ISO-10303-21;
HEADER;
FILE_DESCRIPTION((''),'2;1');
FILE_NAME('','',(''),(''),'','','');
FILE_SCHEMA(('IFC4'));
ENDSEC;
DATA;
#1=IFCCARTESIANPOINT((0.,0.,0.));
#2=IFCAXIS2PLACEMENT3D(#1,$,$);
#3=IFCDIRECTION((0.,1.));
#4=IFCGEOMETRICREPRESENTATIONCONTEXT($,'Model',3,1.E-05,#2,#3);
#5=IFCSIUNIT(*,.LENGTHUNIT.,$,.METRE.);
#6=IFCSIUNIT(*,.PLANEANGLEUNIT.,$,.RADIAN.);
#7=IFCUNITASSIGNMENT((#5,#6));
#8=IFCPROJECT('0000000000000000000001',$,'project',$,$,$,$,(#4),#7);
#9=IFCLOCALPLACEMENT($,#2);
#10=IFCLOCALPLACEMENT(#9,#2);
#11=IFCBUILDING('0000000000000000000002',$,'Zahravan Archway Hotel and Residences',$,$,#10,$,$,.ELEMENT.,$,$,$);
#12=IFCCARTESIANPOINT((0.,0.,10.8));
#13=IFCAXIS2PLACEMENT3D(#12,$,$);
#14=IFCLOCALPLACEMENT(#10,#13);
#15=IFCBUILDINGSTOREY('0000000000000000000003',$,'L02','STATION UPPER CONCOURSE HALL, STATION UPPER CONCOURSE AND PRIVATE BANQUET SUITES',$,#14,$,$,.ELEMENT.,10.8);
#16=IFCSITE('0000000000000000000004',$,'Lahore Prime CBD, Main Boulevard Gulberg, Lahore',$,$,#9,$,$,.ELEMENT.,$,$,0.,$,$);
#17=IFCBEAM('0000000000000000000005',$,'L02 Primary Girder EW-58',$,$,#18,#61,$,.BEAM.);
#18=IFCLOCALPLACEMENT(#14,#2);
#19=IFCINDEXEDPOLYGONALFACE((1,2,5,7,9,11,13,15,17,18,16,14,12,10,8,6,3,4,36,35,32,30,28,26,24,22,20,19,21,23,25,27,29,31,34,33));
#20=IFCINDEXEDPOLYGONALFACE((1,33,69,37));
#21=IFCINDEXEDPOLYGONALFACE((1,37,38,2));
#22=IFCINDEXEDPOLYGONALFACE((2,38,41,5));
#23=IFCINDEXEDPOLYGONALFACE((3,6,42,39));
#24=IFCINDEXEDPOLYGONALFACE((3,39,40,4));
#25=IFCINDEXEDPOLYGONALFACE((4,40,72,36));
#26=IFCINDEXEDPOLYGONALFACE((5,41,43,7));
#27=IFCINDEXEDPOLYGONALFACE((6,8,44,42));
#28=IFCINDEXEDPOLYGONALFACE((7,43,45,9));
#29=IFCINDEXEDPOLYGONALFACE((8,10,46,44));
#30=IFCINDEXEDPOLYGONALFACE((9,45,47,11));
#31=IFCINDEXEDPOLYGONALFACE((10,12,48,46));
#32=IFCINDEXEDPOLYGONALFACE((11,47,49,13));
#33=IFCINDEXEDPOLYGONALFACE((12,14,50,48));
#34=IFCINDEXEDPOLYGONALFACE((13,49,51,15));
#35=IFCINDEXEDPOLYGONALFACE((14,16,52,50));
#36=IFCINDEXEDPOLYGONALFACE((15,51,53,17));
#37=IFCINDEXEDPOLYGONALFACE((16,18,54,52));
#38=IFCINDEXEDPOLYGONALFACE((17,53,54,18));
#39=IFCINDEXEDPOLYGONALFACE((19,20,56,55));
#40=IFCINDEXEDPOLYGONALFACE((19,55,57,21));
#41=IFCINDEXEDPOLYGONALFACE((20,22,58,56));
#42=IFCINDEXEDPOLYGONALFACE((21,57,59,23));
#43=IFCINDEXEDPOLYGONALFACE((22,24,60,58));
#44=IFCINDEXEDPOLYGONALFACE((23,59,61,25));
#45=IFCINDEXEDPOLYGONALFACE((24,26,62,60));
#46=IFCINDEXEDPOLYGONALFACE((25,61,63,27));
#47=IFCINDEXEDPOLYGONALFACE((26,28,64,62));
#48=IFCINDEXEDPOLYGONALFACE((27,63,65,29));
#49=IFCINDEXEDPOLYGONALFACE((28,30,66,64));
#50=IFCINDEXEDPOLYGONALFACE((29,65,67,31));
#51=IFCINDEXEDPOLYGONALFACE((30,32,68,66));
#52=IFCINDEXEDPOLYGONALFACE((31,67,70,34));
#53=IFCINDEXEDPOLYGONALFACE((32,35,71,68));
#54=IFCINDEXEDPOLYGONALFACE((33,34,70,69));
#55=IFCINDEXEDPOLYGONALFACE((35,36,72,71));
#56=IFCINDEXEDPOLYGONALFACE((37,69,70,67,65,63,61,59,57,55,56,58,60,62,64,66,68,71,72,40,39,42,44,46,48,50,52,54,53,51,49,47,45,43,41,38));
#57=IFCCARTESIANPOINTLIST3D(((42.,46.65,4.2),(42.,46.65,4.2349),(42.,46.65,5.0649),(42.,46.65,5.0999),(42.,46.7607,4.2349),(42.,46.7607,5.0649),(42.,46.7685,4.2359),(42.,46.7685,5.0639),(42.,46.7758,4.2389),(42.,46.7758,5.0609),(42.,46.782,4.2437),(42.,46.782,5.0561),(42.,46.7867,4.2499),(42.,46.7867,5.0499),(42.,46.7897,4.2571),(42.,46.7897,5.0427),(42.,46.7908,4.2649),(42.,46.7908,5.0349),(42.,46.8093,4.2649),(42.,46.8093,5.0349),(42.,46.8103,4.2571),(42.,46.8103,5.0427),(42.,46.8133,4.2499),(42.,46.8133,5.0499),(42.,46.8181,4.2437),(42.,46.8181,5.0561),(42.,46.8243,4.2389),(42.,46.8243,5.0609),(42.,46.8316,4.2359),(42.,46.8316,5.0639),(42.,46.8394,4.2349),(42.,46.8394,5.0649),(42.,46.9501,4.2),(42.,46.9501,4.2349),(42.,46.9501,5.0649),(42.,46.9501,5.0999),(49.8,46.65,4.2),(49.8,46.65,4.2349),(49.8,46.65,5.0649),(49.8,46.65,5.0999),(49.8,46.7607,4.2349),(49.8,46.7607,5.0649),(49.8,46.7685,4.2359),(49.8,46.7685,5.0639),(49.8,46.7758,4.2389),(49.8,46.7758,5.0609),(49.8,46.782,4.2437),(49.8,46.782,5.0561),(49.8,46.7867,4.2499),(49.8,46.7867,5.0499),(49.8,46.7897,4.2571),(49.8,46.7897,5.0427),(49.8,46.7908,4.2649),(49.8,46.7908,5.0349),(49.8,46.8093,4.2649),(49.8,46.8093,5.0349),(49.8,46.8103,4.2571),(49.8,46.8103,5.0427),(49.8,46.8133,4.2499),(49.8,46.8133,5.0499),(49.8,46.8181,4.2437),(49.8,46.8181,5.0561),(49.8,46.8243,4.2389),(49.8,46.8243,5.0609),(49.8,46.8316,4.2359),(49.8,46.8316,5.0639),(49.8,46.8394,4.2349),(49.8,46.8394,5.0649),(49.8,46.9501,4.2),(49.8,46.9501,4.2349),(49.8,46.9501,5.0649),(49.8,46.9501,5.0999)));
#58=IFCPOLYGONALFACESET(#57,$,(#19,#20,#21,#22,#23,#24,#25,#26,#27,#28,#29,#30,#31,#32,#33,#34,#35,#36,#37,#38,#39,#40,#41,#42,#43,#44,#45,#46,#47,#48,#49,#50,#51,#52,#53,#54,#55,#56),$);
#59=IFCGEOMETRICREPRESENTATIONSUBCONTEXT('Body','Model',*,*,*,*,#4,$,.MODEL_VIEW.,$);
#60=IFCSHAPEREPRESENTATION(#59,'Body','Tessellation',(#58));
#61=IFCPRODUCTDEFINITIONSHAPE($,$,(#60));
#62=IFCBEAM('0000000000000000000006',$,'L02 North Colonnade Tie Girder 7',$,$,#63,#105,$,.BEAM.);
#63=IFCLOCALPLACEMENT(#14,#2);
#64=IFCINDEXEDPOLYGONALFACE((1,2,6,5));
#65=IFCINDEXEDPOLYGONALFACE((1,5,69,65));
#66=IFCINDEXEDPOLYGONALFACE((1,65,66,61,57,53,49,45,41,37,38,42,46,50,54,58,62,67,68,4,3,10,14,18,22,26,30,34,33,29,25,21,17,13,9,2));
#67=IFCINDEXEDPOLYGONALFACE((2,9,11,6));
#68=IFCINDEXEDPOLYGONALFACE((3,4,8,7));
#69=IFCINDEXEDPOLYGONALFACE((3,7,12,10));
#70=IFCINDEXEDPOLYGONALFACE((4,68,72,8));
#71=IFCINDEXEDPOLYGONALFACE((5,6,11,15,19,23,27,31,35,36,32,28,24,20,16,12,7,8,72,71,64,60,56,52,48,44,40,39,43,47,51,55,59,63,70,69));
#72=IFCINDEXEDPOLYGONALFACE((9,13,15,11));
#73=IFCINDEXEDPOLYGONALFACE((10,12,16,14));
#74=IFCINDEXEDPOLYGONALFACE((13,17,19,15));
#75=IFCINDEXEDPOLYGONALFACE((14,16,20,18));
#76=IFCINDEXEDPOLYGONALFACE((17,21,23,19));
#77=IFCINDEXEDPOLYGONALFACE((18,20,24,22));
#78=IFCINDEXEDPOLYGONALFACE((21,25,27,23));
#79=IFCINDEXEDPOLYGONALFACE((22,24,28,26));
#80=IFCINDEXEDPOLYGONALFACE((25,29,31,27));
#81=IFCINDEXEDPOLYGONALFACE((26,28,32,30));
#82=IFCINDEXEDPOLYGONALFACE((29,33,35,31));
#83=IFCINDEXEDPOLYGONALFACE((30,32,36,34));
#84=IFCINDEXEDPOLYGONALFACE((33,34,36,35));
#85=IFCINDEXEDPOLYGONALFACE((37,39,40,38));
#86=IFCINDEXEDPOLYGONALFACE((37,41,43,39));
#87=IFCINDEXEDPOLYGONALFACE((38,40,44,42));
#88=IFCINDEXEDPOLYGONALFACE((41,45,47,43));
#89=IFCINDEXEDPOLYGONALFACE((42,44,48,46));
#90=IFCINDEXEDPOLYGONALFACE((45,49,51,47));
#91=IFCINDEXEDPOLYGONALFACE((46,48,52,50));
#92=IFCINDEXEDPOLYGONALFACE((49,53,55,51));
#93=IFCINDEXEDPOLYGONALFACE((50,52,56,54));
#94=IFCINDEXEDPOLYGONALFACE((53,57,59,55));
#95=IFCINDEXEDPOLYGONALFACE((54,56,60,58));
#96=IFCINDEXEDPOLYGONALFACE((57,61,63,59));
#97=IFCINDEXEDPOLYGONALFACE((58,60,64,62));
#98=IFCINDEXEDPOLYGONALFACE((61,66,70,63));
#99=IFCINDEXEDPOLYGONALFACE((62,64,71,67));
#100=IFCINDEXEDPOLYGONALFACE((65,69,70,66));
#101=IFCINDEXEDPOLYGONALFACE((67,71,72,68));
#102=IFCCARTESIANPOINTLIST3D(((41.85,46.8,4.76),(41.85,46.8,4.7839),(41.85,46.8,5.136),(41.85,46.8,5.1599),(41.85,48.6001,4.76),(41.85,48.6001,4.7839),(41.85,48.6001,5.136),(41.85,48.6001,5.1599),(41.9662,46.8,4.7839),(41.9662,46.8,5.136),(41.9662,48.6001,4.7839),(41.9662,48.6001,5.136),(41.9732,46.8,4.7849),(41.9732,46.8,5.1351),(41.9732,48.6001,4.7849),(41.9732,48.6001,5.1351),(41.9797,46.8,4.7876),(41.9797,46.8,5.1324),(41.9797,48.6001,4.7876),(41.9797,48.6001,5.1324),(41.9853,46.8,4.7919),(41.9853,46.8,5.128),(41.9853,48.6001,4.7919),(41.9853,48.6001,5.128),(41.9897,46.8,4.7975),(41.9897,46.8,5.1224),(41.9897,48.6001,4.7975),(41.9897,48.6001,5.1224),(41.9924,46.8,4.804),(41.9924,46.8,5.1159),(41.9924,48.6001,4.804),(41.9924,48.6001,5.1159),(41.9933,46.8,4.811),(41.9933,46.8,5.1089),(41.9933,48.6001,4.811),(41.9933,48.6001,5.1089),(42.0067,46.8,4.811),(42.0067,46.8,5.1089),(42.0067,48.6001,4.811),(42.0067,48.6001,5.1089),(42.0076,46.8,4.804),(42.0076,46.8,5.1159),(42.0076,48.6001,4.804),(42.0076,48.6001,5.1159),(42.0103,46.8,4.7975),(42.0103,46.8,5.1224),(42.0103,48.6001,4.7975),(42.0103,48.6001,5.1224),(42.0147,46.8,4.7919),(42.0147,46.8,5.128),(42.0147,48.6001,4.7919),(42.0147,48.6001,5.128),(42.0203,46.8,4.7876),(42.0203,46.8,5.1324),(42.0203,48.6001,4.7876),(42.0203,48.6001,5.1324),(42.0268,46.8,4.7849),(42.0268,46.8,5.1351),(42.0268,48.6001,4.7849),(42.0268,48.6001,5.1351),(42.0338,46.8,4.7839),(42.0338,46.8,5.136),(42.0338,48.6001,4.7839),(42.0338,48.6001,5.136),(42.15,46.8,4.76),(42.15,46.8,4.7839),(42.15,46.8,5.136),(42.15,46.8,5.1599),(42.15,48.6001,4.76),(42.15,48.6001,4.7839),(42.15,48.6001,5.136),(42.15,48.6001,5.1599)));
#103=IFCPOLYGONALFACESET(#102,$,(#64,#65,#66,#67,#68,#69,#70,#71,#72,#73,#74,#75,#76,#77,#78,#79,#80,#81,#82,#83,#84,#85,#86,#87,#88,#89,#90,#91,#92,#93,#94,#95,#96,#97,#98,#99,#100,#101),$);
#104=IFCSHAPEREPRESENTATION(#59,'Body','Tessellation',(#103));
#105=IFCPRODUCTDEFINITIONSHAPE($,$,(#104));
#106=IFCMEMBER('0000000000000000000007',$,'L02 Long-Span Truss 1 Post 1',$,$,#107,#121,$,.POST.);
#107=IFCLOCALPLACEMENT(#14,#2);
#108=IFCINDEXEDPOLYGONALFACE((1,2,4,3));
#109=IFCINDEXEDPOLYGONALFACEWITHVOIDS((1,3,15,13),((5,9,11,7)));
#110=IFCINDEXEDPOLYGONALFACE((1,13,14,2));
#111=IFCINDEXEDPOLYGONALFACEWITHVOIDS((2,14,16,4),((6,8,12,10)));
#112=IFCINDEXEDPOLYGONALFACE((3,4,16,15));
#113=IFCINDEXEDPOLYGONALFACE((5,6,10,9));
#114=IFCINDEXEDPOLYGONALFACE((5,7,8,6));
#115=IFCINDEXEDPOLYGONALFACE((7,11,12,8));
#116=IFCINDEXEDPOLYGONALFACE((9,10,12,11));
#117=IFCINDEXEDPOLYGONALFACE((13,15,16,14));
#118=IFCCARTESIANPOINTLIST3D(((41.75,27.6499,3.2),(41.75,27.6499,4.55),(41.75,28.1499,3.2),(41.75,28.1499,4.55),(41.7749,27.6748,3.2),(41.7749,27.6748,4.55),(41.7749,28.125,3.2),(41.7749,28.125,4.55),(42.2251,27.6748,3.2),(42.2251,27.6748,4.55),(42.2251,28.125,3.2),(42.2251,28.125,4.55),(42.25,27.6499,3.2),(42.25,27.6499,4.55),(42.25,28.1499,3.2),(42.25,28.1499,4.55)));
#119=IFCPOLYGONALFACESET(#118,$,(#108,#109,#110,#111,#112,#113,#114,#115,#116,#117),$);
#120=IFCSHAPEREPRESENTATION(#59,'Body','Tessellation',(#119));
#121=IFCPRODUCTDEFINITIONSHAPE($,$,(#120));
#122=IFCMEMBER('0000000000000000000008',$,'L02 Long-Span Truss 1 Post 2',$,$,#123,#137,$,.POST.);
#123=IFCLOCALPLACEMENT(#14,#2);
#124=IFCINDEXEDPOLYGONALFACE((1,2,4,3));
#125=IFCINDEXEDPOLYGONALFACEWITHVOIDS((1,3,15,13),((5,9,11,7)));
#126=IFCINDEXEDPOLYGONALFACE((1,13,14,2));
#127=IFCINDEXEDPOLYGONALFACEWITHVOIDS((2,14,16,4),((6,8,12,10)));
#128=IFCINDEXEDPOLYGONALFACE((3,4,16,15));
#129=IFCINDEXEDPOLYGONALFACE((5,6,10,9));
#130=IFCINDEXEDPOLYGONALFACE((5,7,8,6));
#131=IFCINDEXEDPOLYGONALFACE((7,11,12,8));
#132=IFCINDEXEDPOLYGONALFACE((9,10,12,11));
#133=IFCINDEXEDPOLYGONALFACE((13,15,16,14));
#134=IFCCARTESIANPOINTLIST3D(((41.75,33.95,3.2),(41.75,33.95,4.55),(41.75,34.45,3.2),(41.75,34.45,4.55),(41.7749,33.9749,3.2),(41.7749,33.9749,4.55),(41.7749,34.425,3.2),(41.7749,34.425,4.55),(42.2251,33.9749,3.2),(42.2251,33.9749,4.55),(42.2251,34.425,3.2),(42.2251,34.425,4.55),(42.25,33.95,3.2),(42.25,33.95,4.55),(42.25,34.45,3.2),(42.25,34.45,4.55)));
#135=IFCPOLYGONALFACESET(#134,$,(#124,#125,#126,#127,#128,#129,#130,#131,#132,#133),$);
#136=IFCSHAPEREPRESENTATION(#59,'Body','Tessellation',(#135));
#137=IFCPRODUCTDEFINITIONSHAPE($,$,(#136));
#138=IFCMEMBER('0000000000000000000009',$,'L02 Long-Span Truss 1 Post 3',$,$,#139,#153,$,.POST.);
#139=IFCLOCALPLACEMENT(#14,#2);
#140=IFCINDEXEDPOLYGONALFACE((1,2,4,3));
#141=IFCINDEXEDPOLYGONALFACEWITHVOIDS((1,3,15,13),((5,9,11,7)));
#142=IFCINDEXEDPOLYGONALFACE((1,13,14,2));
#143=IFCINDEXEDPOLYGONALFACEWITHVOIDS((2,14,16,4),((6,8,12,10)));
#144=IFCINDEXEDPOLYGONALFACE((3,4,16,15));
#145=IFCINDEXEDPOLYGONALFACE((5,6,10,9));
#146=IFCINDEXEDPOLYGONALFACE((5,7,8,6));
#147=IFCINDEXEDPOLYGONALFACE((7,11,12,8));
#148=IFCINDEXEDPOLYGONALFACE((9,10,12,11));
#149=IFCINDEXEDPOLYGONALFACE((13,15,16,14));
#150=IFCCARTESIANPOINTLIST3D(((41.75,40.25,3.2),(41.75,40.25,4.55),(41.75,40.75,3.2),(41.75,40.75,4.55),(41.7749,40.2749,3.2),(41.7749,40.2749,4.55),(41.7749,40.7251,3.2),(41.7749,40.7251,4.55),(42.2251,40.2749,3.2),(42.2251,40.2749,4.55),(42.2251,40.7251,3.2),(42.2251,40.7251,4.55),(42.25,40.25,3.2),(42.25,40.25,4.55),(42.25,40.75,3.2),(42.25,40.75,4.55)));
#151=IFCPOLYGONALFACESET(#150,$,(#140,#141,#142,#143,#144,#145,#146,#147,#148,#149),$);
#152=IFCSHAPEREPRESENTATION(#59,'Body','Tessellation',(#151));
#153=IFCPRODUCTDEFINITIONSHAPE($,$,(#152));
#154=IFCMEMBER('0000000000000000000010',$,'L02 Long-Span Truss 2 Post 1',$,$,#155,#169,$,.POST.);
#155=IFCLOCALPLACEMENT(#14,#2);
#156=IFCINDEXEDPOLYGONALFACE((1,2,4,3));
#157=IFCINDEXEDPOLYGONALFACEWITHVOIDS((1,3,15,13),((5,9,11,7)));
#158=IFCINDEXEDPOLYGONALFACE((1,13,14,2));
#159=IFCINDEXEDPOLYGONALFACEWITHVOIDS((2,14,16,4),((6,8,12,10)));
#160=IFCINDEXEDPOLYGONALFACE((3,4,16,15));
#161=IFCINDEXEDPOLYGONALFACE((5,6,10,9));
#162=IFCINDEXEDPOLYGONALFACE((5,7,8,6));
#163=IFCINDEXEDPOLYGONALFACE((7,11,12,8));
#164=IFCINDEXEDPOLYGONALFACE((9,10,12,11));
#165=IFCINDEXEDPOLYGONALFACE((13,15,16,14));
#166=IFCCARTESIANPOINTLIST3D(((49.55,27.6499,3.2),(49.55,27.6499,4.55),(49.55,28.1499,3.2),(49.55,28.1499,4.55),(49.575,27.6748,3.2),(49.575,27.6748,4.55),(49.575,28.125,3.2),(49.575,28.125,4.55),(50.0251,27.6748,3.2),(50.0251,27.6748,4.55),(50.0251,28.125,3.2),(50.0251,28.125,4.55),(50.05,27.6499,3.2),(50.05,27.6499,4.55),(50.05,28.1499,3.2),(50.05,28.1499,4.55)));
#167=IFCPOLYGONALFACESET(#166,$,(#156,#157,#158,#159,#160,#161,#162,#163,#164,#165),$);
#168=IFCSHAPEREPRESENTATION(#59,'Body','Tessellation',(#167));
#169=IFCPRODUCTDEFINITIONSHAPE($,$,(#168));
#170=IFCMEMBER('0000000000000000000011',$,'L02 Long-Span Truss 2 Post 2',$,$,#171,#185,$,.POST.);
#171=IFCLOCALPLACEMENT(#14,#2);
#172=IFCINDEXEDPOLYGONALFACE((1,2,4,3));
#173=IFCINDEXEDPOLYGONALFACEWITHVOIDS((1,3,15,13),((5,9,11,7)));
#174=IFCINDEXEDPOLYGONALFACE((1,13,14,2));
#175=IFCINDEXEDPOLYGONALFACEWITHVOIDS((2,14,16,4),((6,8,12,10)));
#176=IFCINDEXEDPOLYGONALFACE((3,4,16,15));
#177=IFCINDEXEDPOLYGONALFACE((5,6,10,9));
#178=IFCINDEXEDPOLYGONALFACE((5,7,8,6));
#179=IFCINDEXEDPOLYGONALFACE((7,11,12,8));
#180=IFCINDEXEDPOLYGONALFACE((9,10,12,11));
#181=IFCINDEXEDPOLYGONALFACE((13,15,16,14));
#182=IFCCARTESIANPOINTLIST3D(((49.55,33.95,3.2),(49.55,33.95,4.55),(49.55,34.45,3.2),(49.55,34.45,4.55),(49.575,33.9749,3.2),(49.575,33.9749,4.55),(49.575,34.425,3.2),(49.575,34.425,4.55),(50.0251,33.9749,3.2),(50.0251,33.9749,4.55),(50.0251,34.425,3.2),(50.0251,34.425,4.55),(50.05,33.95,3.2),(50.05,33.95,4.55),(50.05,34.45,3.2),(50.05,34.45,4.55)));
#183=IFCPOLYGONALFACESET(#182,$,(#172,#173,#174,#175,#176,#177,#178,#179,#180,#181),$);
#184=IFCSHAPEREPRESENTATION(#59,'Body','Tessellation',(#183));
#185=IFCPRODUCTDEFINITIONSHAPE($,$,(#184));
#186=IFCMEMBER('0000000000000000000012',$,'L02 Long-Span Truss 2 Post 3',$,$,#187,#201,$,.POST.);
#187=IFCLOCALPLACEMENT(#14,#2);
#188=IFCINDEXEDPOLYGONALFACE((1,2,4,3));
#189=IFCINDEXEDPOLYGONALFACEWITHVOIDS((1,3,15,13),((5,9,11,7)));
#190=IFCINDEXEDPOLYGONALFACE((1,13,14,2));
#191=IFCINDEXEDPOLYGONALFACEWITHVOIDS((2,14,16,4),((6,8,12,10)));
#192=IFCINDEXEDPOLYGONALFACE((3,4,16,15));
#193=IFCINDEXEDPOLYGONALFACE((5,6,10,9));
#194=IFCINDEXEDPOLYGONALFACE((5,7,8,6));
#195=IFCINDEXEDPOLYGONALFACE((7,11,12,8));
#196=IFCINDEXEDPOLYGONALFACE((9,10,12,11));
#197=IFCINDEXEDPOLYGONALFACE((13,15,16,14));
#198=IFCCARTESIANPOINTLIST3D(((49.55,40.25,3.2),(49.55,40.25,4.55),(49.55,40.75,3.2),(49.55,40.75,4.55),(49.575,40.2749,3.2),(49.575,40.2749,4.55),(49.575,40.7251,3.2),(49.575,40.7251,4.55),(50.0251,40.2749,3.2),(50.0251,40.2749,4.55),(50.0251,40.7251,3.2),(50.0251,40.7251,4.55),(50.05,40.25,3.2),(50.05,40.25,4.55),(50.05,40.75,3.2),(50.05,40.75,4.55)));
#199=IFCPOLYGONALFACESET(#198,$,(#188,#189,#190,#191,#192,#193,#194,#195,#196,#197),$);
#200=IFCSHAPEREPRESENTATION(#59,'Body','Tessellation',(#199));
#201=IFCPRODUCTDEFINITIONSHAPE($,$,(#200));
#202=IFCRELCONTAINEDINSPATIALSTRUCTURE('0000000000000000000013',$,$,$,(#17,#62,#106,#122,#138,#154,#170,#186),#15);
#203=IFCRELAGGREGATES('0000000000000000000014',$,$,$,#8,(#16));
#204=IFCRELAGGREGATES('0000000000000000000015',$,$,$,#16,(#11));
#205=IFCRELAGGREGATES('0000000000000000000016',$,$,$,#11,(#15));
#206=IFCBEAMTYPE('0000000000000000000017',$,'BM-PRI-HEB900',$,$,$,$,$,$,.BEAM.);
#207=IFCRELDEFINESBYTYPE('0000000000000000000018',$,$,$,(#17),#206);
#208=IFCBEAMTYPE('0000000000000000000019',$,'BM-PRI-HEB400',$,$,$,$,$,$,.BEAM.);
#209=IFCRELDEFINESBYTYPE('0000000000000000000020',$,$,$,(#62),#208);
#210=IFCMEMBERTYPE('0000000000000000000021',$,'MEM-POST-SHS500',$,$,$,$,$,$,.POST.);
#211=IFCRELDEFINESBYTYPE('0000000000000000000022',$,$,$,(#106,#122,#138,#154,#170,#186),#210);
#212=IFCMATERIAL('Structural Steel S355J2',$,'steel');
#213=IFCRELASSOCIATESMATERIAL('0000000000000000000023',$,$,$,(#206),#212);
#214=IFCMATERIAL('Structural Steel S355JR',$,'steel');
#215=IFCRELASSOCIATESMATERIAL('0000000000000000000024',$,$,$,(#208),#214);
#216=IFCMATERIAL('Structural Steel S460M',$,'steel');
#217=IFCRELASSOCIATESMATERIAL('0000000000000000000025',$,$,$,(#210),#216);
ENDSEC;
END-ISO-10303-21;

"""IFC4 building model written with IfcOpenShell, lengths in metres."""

from ifc_helpers import new_model, si_unit, direction, frame, origin, origin_2d, place, context, subcontext, project, spatial, hollow_rectangle, i_section, extrude, source, transform, mapped, material, material_profile, profile_set, type_object, type_shapes, element, save


model = new_model("IFC4")

# Units and contexts
model_context = context("Model", 3, precision=1e-05, world=origin(), true_north=direction((0.0, 1.0)))
body_context = subcontext(model_context, "Body", "Model", "MODEL_VIEW")
ifc_project = project(units=[si_unit("LENGTHUNIT", "METRE"), si_unit("PLANEANGLEUNIT", "RADIAN")], contexts=[model_context])

# Site, building, storey
site_placement = place(None, origin())
site = spatial("IfcSite", under=ifc_project, at=site_placement, Name="Lahore Prime CBD, Main Boulevard Gulberg, Lahore", CompositionType="ELEMENT", RefElevation=0.0)
building_placement = place(site_placement, origin())
building = spatial("IfcBuilding", under=site, at=building_placement, Name="Zahravan Archway Hotel and Residences", CompositionType="ELEMENT")
storey_placement = place(building_placement, frame((0.0, 0.0, 10.8)))
storey = spatial("IfcBuildingStorey", under=building, at=storey_placement, Name="L02", Description="STATION UPPER CONCOURSE HALL, STATION UPPER CONCOURSE AND PRIVATE BANQUET SUITES", CompositionType="ELEMENT", Elevation=10.8)

# Beams
ifc_material_1 = material(Name="Structural Steel S355J2", Category="steel")
ifc_material_profile_1 = material_profile(ifc_material_1, i_section(OverallWidth=0.3, OverallDepth=0.8999, WebThickness=0.0186, FlangeThickness=0.0349, FilletRadius=0.03, at=origin_2d()), Name="HEB 900", Category="steel")
ifc_profile_set_1 = profile_set([ifc_material_profile_1], Name="Structural Steel S355J2")
beam_type_1 = type_object("IfcBeamType", Name="BM-PRI-HEB900", PredefinedType="BEAM", material=ifc_profile_set_1)
shared_shape_1 = source(origin(), body_context, "Body", "SweptSolid", [
    extrude(i_section(OverallWidth=0.3, OverallDepth=0.8999, WebThickness=0.0186, FlangeThickness=0.0349, FilletRadius=0.03, at=origin_2d()), origin(), (0.0, 0.0, 1.0), 7.8),
])
beam_1_placement = place(storey_placement, frame((42.0, 46.8, 4.6499), z_axis=(1.0, 0.0, 0.0), x_axis=(0.0, 1.0, 0.0)))
element("IfcBeam", 1, at=beam_1_placement, inside=storey, type_object=beam_type_1, Name="L02 Primary Girder EW-58", PredefinedType="BEAM", context=body_context, shape_type="MappedRepresentation", body=[
    mapped(shared_shape_1, transform((0.0, 0.0, 0.0), scale=1.0)),
])
ifc_material_2 = material(Name="Structural Steel S355JR", Category="steel")
ifc_material_profile_2 = material_profile(ifc_material_2, i_section(OverallWidth=0.3, OverallDepth=0.3999, WebThickness=0.0134, FlangeThickness=0.0239, FilletRadius=0.0271, at=origin_2d()), Name="HEB 400", Category="steel")
ifc_profile_set_2 = profile_set([ifc_material_profile_2], Name="Structural Steel S355JR")
beam_type_2 = type_object("IfcBeamType", Name="BM-PRI-HEB400", PredefinedType="BEAM", material=ifc_profile_set_2)
shared_shape_2 = source(origin(), body_context, "Body", "SweptSolid", [
    extrude(i_section(OverallWidth=0.3, OverallDepth=0.3999, WebThickness=0.0134, FlangeThickness=0.0239, FilletRadius=0.0271, at=origin_2d()), origin(), (0.0, 0.0, 1.0), 1.8),
])
beam_2_placement = place(storey_placement, frame((42.0, 46.8, 4.96), z_axis=(0.0, 1.0, 0.0), x_axis=(-1.0, 0.0, 0.0)))
element("IfcBeam", 2, at=beam_2_placement, inside=storey, type_object=beam_type_2, Name="L02 North Colonnade Tie Girder 7", PredefinedType="BEAM", context=body_context, shape_type="MappedRepresentation", body=[
    mapped(shared_shape_2, transform((0.0, 0.0, 0.0), scale=1.0)),
])

# Members
ifc_material_3 = material(Name="Structural Steel S460M", Category="steel")
ifc_material_profile_3 = material_profile(ifc_material_3, hollow_rectangle(XDim=0.5, YDim=0.5, WallThickness=0.0249, at=origin_2d()), Name="SHS 500x500x25", Category="steel")
ifc_profile_set_3 = profile_set([ifc_material_profile_3], Name="Structural Steel S460M")
member_type_1 = type_object("IfcMemberType", Name="MEM-POST-SHS500", PredefinedType="POST", material=ifc_profile_set_3)
shared_shape_3 = source(origin(), body_context, "Body", "SweptSolid", [
    extrude(hollow_rectangle(XDim=0.5, YDim=0.5, WallThickness=0.0249, at=origin_2d()), origin(), (0.0, 0.0, 1.0), 1.3501),
])
type_shapes(member_type_1, [shared_shape_3])
for number, where, z_axis, x_axis, name in (
    (3, (42.0, 27.8999, 3.2), (0.0, 0.0, 1.0), (1.0, 0.0, 0.0), "L02 Long-Span Truss 1 Post 1"),
    (4, (42.0, 34.2, 3.2), (0.0, 0.0, 1.0), (1.0, 0.0, 0.0), "L02 Long-Span Truss 1 Post 2"),
    (5, (42.0, 40.5, 3.2), (0.0, 0.0, 1.0), (1.0, 0.0, 0.0), "L02 Long-Span Truss 1 Post 3"),
    (6, (49.8, 27.8999, 3.2), (0.0, 0.0, 1.0), (1.0, 0.0, 0.0), "L02 Long-Span Truss 2 Post 1"),
    (7, (49.8, 34.2, 3.2), (0.0, 0.0, 1.0), (1.0, 0.0, 0.0), "L02 Long-Span Truss 2 Post 2"),
    (8, (49.8, 40.5, 3.2), (0.0, 0.0, 1.0), (1.0, 0.0, 0.0), "L02 Long-Span Truss 2 Post 3"),
):
    element("IfcMember", number, at=place(storey_placement, frame(where, z_axis=z_axis, x_axis=x_axis)), inside=storey, type_object=member_type_1, Name=name, PredefinedType="POST", context=body_context, shape_type="MappedRepresentation", body=[
        mapped(shared_shape_3, transform((0.0, 0.0, 0.0), scale=1.0)),
    ])

save(model, "model.ifc")
